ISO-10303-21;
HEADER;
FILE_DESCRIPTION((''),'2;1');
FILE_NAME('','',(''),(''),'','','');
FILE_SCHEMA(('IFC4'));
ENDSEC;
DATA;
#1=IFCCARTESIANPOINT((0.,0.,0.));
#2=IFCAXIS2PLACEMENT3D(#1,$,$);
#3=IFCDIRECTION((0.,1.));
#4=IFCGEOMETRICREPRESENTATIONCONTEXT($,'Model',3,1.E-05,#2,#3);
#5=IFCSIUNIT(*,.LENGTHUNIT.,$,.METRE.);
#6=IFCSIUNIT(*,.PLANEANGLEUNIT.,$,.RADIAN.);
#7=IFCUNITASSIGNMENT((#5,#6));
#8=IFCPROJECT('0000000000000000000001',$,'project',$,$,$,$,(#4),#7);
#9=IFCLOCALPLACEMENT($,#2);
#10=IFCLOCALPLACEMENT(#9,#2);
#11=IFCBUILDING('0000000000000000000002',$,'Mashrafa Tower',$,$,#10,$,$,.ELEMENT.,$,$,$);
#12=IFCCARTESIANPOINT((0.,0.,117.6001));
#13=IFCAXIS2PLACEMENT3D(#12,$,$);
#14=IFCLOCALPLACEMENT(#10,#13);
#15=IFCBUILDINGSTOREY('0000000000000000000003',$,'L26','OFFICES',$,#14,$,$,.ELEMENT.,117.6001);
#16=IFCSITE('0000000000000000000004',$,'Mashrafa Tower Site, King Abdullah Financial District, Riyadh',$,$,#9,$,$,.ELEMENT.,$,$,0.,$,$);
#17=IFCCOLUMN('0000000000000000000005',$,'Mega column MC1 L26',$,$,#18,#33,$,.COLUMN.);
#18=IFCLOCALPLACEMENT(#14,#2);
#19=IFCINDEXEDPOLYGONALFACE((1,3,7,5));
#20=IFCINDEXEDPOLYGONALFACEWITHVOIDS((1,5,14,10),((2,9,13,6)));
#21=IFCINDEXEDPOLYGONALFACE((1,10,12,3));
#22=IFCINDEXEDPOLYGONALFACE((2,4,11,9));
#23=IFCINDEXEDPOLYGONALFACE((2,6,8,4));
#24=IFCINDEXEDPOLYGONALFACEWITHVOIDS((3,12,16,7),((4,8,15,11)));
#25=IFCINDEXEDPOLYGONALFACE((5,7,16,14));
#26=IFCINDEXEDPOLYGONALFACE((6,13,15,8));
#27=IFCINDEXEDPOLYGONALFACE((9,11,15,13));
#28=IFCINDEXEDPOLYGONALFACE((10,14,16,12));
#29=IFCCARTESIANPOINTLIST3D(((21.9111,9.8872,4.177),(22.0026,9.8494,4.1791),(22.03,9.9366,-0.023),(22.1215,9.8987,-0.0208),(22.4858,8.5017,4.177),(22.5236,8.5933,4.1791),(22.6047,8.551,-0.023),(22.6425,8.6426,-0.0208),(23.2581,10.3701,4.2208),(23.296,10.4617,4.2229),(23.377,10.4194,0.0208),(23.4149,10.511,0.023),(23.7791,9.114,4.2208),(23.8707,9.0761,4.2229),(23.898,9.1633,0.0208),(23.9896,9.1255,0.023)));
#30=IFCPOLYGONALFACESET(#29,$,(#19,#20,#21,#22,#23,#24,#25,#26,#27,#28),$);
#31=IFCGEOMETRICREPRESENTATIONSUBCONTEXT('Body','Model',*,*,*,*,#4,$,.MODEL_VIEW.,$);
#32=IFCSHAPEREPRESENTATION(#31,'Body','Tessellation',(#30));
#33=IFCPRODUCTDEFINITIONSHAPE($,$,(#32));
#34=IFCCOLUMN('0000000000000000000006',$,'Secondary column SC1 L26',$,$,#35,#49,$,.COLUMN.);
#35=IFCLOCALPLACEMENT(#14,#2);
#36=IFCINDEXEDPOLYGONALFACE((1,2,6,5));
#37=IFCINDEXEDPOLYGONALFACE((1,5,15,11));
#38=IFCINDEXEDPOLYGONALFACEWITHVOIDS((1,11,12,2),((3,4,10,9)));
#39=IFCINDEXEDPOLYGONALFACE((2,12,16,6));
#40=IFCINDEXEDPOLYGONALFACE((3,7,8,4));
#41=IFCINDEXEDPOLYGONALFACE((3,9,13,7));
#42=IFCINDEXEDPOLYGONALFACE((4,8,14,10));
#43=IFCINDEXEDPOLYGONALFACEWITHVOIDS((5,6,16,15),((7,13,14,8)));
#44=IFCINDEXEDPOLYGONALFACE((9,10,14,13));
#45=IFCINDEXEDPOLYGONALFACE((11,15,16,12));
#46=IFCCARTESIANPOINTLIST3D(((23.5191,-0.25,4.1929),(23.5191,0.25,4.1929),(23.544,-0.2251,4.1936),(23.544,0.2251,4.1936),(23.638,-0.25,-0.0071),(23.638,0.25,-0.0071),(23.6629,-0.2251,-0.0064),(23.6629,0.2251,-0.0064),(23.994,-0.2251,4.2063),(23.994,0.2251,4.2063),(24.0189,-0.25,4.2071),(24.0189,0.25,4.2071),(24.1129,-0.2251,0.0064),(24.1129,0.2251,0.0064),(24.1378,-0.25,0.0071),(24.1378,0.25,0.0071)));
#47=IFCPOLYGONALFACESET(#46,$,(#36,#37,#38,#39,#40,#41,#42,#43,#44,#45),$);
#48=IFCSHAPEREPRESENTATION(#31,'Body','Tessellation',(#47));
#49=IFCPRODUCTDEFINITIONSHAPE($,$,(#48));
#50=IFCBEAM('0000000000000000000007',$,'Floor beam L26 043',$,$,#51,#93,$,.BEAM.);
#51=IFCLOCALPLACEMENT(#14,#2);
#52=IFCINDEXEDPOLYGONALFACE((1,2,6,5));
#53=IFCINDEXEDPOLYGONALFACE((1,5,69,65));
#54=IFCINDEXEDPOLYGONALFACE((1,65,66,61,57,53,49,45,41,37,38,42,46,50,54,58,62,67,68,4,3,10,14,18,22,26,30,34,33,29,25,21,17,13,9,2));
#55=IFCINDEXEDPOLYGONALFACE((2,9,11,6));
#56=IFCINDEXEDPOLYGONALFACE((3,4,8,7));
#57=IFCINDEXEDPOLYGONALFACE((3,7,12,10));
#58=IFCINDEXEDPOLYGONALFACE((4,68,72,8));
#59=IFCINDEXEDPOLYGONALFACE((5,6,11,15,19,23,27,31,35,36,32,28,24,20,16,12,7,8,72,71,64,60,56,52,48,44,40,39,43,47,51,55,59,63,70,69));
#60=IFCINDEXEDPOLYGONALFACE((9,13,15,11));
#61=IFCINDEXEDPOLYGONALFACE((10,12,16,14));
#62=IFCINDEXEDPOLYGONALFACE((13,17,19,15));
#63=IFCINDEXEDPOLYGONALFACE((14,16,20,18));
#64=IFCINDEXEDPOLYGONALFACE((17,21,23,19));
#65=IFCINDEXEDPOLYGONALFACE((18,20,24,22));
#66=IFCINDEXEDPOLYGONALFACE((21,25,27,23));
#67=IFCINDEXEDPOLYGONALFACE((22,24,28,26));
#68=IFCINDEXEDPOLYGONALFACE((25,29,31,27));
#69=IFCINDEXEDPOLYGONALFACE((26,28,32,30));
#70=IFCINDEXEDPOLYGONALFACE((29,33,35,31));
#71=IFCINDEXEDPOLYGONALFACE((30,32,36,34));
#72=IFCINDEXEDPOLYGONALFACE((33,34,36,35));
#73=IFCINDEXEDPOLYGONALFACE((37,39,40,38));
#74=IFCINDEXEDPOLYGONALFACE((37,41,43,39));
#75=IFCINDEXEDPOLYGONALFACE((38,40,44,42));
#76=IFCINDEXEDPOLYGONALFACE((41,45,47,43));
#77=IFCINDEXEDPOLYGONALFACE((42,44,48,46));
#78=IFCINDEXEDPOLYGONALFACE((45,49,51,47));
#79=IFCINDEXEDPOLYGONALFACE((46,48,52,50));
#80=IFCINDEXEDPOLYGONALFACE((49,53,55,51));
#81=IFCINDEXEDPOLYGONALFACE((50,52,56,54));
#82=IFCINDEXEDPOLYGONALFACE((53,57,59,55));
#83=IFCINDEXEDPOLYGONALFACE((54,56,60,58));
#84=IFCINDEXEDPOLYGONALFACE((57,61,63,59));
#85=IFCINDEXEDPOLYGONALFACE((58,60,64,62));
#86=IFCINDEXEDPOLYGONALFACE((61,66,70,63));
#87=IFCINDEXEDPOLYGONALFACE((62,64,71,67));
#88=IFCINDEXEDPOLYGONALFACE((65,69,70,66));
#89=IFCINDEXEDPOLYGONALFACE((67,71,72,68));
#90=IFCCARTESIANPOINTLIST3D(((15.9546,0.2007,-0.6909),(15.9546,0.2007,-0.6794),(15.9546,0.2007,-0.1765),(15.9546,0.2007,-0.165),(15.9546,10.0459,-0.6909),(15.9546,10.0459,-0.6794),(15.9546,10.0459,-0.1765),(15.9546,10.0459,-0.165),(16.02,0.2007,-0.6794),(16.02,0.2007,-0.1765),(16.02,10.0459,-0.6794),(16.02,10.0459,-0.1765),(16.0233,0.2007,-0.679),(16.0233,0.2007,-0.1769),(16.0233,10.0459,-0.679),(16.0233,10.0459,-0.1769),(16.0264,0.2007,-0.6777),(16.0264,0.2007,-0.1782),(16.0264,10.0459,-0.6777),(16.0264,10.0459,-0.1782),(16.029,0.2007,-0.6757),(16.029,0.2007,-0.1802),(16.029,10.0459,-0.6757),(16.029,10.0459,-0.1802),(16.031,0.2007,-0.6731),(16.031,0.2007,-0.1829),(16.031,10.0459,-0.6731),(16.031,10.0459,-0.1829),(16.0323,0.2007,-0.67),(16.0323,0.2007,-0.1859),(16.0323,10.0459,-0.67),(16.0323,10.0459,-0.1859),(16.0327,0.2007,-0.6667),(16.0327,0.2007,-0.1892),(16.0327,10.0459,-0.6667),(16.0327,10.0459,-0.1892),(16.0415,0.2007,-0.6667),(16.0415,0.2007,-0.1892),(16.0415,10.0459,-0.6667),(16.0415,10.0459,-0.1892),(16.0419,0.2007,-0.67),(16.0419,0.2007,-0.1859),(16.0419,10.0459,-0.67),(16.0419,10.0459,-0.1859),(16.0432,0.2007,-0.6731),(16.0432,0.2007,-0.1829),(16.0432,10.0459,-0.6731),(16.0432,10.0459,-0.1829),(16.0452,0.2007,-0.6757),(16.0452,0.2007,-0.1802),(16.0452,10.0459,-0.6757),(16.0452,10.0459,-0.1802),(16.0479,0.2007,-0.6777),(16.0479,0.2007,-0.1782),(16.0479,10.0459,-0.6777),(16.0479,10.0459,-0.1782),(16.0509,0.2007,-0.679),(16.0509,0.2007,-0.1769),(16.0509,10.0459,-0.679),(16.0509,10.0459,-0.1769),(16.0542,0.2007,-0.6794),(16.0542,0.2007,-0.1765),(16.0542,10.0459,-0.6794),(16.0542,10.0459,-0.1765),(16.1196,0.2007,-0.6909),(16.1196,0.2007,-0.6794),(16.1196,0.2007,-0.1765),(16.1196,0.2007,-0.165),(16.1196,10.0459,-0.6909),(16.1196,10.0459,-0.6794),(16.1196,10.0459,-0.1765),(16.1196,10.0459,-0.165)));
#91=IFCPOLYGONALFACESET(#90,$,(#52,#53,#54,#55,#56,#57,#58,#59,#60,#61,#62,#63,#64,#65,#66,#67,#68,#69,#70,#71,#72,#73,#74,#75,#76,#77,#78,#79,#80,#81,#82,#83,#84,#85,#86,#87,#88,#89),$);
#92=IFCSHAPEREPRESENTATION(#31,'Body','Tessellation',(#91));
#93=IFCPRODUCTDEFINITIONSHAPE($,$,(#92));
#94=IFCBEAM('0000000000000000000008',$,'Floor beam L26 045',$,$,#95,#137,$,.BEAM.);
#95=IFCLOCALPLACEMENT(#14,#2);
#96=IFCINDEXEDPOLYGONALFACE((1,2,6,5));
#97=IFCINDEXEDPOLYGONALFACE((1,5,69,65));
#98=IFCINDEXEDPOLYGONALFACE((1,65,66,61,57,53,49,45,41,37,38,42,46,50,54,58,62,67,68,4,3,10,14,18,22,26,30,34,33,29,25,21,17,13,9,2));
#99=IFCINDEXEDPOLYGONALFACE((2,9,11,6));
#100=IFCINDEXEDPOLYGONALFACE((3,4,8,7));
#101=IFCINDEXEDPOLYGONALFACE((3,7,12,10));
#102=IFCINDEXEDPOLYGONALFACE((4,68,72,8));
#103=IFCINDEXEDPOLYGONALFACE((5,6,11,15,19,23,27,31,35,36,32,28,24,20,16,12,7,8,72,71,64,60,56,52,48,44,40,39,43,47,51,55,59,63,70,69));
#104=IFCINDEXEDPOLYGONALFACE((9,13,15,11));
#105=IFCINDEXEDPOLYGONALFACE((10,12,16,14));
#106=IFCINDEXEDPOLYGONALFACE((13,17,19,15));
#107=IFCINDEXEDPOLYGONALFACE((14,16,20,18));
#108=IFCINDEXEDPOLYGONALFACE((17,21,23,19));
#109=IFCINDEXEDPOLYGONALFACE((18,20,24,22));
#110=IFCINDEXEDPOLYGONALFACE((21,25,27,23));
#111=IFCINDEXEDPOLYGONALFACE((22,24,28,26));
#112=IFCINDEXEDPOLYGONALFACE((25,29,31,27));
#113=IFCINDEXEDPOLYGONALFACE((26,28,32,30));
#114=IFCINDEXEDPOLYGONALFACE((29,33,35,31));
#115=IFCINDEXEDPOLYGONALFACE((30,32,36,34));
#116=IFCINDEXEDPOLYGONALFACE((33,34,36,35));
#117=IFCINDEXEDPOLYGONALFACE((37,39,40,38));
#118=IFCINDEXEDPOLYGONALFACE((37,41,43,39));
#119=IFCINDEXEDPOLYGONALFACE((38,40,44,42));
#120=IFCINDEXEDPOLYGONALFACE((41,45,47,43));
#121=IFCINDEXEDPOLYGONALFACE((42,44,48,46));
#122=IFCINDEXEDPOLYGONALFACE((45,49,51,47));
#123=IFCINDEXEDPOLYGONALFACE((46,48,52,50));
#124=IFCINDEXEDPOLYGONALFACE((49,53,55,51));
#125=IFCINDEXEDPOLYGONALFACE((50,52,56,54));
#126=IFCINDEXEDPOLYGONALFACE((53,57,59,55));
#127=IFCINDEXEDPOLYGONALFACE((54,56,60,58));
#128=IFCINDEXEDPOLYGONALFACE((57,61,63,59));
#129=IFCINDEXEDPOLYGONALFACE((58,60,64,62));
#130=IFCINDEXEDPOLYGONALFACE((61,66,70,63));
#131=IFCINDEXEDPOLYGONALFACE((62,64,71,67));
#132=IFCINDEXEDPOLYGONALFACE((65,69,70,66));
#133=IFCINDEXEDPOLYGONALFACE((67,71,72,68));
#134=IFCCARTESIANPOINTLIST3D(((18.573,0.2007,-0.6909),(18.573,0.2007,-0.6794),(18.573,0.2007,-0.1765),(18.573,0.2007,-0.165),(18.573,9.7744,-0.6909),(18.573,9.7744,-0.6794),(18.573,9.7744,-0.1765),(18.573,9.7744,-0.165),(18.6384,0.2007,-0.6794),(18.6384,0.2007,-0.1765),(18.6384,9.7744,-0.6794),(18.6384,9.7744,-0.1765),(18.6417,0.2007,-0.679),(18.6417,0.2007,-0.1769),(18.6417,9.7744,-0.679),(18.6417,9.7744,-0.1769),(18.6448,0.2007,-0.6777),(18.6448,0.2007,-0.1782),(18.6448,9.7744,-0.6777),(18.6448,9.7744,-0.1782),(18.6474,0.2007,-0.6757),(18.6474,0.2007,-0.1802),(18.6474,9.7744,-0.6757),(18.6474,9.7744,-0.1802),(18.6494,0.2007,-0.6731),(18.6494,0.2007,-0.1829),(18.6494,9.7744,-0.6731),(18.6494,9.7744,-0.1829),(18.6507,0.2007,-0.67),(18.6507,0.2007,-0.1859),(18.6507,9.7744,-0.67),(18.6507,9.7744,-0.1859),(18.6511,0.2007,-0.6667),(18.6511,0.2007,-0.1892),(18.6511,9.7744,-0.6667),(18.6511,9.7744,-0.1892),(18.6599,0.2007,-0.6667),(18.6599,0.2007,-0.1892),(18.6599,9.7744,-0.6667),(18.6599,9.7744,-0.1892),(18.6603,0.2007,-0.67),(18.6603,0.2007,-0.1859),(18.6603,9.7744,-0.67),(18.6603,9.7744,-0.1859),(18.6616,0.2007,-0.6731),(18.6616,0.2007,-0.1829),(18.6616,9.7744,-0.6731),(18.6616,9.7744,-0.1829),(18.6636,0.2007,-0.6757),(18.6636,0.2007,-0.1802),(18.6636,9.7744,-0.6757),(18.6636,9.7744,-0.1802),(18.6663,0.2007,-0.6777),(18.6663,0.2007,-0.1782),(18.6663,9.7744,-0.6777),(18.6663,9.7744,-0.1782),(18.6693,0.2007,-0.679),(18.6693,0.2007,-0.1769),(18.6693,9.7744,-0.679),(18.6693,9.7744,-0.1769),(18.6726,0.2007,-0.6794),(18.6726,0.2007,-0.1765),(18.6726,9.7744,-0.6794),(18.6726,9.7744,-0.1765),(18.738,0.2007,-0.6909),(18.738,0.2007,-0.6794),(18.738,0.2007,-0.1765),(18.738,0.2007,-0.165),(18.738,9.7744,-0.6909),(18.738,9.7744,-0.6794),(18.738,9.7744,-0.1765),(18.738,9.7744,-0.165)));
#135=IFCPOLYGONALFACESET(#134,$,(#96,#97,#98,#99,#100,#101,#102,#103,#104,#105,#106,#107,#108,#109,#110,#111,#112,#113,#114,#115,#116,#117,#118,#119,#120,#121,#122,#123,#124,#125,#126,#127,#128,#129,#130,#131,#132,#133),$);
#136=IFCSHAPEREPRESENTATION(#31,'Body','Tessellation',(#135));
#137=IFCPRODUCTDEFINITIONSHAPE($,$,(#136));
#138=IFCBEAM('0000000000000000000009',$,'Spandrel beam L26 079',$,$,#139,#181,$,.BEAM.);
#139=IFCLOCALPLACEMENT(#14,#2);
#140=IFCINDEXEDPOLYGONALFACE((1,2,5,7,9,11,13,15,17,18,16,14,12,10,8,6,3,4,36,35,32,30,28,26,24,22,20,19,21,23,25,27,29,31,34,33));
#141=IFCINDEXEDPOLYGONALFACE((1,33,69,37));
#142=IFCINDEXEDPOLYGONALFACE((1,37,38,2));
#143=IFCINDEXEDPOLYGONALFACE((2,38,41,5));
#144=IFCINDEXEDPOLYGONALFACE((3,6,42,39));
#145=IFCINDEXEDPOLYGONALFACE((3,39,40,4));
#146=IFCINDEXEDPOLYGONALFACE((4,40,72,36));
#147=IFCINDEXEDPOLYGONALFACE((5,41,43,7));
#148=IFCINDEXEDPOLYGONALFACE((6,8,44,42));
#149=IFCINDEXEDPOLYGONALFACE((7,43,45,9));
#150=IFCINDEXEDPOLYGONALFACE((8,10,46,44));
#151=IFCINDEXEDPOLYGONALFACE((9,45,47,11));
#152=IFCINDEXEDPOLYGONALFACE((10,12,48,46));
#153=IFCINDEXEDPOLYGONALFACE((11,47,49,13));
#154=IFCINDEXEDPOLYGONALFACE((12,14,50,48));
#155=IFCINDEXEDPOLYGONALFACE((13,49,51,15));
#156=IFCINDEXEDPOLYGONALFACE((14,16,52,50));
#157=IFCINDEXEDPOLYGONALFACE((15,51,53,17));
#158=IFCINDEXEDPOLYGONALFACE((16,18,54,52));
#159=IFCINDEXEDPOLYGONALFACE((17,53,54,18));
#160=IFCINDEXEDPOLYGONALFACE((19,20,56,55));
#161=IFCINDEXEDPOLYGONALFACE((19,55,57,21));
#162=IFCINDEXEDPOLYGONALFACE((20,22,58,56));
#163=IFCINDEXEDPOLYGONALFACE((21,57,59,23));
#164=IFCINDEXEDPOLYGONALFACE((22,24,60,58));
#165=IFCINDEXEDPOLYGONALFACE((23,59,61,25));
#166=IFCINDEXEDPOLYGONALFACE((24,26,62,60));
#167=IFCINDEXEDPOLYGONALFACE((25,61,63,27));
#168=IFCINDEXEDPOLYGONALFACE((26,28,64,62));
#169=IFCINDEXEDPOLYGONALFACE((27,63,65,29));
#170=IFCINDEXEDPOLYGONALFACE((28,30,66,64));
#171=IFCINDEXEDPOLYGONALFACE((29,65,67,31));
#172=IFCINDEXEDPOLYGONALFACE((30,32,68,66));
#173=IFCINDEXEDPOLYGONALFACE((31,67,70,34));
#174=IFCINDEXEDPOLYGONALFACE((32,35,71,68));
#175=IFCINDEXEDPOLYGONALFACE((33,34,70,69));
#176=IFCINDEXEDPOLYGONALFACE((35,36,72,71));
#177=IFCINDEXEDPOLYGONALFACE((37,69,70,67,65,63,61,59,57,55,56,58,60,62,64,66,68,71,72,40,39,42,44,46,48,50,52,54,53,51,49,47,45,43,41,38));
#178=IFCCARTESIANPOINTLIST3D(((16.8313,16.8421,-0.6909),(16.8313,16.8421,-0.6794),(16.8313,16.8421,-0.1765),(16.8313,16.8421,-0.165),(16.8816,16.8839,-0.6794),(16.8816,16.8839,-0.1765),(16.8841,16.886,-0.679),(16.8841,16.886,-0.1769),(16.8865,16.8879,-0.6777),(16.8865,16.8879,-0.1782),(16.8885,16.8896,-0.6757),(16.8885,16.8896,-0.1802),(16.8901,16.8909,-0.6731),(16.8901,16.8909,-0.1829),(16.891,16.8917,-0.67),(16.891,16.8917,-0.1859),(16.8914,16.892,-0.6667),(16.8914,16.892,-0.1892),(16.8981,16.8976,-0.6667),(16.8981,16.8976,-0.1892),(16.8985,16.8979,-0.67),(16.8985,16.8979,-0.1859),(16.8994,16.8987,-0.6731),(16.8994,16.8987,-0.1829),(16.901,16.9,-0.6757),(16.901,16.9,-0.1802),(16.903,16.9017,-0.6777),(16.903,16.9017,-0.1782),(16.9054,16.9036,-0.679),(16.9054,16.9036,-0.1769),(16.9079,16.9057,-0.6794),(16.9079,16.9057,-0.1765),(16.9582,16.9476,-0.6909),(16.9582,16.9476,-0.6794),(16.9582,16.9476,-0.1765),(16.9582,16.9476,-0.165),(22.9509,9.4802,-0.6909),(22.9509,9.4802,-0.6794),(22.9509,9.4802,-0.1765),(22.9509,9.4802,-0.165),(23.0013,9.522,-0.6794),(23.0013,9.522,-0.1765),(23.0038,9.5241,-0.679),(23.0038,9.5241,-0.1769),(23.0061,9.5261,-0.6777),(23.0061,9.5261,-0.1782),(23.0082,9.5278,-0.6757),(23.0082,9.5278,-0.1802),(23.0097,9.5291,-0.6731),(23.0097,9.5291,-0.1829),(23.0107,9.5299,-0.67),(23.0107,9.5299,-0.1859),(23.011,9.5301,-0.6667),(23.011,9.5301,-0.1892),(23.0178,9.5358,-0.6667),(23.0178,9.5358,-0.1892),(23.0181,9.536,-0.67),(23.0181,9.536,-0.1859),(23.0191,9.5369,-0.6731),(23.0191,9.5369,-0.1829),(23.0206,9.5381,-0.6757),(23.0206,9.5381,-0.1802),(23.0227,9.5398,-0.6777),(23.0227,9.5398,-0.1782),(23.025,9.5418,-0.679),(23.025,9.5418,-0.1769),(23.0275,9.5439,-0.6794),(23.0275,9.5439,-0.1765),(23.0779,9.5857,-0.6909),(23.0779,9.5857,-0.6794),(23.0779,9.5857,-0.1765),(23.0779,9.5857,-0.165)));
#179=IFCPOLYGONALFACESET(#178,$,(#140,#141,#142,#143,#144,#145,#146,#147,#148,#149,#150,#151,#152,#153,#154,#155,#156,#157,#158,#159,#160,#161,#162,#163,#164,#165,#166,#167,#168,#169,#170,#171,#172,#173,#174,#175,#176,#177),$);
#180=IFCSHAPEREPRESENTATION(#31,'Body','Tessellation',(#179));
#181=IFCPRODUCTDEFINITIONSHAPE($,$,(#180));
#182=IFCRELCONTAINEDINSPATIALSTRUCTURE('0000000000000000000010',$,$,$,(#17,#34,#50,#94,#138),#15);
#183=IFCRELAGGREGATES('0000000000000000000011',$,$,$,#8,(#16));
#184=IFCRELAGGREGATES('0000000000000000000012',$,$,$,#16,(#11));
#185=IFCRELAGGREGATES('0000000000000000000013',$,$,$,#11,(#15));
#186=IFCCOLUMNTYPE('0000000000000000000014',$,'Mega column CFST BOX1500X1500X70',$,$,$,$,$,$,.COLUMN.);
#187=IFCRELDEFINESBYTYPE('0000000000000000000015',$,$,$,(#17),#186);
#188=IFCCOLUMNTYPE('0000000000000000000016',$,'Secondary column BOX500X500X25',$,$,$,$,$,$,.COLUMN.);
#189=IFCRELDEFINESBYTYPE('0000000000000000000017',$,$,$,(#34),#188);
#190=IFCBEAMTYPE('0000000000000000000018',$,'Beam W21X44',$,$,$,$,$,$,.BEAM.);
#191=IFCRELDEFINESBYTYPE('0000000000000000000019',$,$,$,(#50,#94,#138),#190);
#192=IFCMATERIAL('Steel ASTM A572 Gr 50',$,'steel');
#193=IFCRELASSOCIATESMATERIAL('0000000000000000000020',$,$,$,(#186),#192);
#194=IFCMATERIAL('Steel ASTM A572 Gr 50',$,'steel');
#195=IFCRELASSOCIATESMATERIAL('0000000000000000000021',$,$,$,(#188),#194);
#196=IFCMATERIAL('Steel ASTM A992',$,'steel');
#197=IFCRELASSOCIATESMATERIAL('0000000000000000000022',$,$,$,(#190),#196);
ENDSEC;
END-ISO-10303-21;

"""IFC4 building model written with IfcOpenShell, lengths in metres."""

from ifc_helpers import new_model, si_unit, direction, frame, origin, origin_2d, place, context, subcontext, project, spatial, hollow_rectangle, i_section, extrude, material, material_profile, profile_set, type_object, element, save


model = new_model("IFC4")

# Units and contexts
model_context = context("Model", 3, precision=1e-05, world=origin(), true_north=direction((0.0, 1.0)))
body_context = subcontext(model_context, "Body", "Model", "MODEL_VIEW")
ifc_project = project(units=[si_unit("LENGTHUNIT", "METRE"), si_unit("PLANEANGLEUNIT", "RADIAN")], contexts=[model_context])

# Site, building, storey
site_placement = place(None, origin())
site = spatial("IfcSite", under=ifc_project, at=site_placement, Name="Mashrafa Tower Site, King Abdullah Financial District, Riyadh", CompositionType="ELEMENT", RefElevation=0.0)
building_placement = place(site_placement, origin())
building = spatial("IfcBuilding", under=site, at=building_placement, Name="Mashrafa Tower", CompositionType="ELEMENT")
storey_placement = place(building_placement, frame((0.0, 0.0, 117.6001)))
storey = spatial("IfcBuildingStorey", under=building, at=storey_placement, Name="L26", Description="OFFICES", CompositionType="ELEMENT", Elevation=117.6001)

# Columns
ifc_material_1 = material(Name="Steel ASTM A572 Gr 50", Category="steel")
ifc_material_profile_1 = material_profile(ifc_material_1, hollow_rectangle(XDim=1.5, YDim=1.5, WallThickness=0.0701, at=origin_2d()), Name="BOX1500X1500X70")
ifc_profile_set_1 = profile_set([ifc_material_profile_1], Name="Steel ASTM A572 Gr 50")
column_type_1 = type_object("IfcColumnType", Name="Mega column CFST BOX1500X1500X70", PredefinedType="COLUMN", material=ifc_profile_set_1)
column_1_placement = place(storey_placement, frame((23.0098, 9.531, 0.0), z_axis=(-0.028296, -0.011737, 0.999531), x_axis=(0.383133, -0.923693, 0.0)))
element("IfcColumn", 1, at=column_1_placement, inside=storey, type_object=column_type_1, Name="Mega column MC1 L26", PredefinedType="COLUMN", context=body_context, shape_type="SweptSolid", body=[
    extrude(hollow_rectangle(XDim=1.5, YDim=1.5, WallThickness=0.0701, at=origin_2d()), origin(), (0.0, 0.0, 1.0), 4.2019),
])
ifc_material_2 = material(Name="Steel ASTM A572 Gr 50", Category="steel")
ifc_material_profile_2 = material_profile(ifc_material_2, hollow_rectangle(XDim=0.5, YDim=0.5, WallThickness=0.0249, at=origin_2d()), Name="BOX500X500X25")
ifc_profile_set_2 = profile_set([ifc_material_profile_2], Name="Steel ASTM A572 Gr 50")
column_type_2 = type_object("IfcColumnType", Name="Secondary column BOX500X500X25", PredefinedType="COLUMN", material=ifc_profile_set_2)
column_2_placement = place(storey_placement, frame((23.8879, 0.0, 0.0), z_axis=(-0.028298, 0.0, 0.9996), x_axis=(0.0, -1.0, 0.0)))
element("IfcColumn", 2, at=column_2_placement, inside=storey, type_object=column_type_2, Name="Secondary column SC1 L26", PredefinedType="COLUMN", context=body_context, shape_type="SweptSolid", body=[
    extrude(hollow_rectangle(XDim=0.5, YDim=0.5, WallThickness=0.0249, at=origin_2d()), origin(), (0.0, 0.0, 1.0), 4.2017),
])

# Beams
ifc_material_3 = material(Name="Steel ASTM A992", Category="steel")
ifc_material_profile_3 = material_profile(ifc_material_3, i_section(OverallWidth=0.165, OverallDepth=0.5259, WebThickness=0.0088, FlangeThickness=0.0115, FilletRadius=0.0127, at=origin_2d()), Name="W21X44")
ifc_profile_set_3 = profile_set([ifc_material_profile_3], Name="Steel ASTM A992")
beam_type_1 = type_object("IfcBeamType", Name="Beam W21X44", PredefinedType="BEAM", material=ifc_profile_set_3)
beam_1_placement = place(storey_placement, frame((16.0371, 10.0459, -0.428), z_axis=(0.0, -1.0, 0.0), x_axis=(1.0, 0.0, 0.0)))
element("IfcBeam", 3, at=beam_1_placement, inside=storey, type_object=beam_type_1, Name="Floor beam L26 043", PredefinedType="BEAM", context=body_context, shape_type="SweptSolid", body=[
    extrude(i_section(OverallWidth=0.165, OverallDepth=0.5259, WebThickness=0.0088, FlangeThickness=0.0115, FilletRadius=0.0127, at=origin_2d()), origin(), (0.0, 0.0, 1.0), 9.8452),
])
beam_2_placement = place(storey_placement, frame((18.6555, 9.7744, -0.428), z_axis=(0.0, -1.0, 0.0), x_axis=(1.0, 0.0, 0.0)))
element("IfcBeam", 4, at=beam_2_placement, inside=storey, type_object=beam_type_1, Name="Floor beam L26 045", PredefinedType="BEAM", context=body_context, shape_type="SweptSolid", body=[
    extrude(i_section(OverallWidth=0.165, OverallDepth=0.5259, WebThickness=0.0088, FlangeThickness=0.0115, FilletRadius=0.0127, at=origin_2d()), origin(), (0.0, 0.0, 1.0), 9.5737),
])
for number, where, z_axis, x_axis, name in (
    (5, (23.0144, 9.533, -0.428), (-0.639246, 0.769003, 0.0), (-0.769003, -0.639246, 0.0), "Spandrel beam L26 079"),
):
    element("IfcBeam", number, at=place(storey_placement, frame(where, z_axis=z_axis, x_axis=x_axis)), inside=storey, type_object=beam_type_1, Name=name, PredefinedType="BEAM", context=body_context, shape_type="SweptSolid", body=[
        extrude(i_section(OverallWidth=0.165, OverallDepth=0.5259, WebThickness=0.0088, FlangeThickness=0.0115, FilletRadius=0.0127, at=origin_2d()), origin(), (0.0, 0.0, 1.0), 9.5732),
    ])

save(model, "model.ifc")
